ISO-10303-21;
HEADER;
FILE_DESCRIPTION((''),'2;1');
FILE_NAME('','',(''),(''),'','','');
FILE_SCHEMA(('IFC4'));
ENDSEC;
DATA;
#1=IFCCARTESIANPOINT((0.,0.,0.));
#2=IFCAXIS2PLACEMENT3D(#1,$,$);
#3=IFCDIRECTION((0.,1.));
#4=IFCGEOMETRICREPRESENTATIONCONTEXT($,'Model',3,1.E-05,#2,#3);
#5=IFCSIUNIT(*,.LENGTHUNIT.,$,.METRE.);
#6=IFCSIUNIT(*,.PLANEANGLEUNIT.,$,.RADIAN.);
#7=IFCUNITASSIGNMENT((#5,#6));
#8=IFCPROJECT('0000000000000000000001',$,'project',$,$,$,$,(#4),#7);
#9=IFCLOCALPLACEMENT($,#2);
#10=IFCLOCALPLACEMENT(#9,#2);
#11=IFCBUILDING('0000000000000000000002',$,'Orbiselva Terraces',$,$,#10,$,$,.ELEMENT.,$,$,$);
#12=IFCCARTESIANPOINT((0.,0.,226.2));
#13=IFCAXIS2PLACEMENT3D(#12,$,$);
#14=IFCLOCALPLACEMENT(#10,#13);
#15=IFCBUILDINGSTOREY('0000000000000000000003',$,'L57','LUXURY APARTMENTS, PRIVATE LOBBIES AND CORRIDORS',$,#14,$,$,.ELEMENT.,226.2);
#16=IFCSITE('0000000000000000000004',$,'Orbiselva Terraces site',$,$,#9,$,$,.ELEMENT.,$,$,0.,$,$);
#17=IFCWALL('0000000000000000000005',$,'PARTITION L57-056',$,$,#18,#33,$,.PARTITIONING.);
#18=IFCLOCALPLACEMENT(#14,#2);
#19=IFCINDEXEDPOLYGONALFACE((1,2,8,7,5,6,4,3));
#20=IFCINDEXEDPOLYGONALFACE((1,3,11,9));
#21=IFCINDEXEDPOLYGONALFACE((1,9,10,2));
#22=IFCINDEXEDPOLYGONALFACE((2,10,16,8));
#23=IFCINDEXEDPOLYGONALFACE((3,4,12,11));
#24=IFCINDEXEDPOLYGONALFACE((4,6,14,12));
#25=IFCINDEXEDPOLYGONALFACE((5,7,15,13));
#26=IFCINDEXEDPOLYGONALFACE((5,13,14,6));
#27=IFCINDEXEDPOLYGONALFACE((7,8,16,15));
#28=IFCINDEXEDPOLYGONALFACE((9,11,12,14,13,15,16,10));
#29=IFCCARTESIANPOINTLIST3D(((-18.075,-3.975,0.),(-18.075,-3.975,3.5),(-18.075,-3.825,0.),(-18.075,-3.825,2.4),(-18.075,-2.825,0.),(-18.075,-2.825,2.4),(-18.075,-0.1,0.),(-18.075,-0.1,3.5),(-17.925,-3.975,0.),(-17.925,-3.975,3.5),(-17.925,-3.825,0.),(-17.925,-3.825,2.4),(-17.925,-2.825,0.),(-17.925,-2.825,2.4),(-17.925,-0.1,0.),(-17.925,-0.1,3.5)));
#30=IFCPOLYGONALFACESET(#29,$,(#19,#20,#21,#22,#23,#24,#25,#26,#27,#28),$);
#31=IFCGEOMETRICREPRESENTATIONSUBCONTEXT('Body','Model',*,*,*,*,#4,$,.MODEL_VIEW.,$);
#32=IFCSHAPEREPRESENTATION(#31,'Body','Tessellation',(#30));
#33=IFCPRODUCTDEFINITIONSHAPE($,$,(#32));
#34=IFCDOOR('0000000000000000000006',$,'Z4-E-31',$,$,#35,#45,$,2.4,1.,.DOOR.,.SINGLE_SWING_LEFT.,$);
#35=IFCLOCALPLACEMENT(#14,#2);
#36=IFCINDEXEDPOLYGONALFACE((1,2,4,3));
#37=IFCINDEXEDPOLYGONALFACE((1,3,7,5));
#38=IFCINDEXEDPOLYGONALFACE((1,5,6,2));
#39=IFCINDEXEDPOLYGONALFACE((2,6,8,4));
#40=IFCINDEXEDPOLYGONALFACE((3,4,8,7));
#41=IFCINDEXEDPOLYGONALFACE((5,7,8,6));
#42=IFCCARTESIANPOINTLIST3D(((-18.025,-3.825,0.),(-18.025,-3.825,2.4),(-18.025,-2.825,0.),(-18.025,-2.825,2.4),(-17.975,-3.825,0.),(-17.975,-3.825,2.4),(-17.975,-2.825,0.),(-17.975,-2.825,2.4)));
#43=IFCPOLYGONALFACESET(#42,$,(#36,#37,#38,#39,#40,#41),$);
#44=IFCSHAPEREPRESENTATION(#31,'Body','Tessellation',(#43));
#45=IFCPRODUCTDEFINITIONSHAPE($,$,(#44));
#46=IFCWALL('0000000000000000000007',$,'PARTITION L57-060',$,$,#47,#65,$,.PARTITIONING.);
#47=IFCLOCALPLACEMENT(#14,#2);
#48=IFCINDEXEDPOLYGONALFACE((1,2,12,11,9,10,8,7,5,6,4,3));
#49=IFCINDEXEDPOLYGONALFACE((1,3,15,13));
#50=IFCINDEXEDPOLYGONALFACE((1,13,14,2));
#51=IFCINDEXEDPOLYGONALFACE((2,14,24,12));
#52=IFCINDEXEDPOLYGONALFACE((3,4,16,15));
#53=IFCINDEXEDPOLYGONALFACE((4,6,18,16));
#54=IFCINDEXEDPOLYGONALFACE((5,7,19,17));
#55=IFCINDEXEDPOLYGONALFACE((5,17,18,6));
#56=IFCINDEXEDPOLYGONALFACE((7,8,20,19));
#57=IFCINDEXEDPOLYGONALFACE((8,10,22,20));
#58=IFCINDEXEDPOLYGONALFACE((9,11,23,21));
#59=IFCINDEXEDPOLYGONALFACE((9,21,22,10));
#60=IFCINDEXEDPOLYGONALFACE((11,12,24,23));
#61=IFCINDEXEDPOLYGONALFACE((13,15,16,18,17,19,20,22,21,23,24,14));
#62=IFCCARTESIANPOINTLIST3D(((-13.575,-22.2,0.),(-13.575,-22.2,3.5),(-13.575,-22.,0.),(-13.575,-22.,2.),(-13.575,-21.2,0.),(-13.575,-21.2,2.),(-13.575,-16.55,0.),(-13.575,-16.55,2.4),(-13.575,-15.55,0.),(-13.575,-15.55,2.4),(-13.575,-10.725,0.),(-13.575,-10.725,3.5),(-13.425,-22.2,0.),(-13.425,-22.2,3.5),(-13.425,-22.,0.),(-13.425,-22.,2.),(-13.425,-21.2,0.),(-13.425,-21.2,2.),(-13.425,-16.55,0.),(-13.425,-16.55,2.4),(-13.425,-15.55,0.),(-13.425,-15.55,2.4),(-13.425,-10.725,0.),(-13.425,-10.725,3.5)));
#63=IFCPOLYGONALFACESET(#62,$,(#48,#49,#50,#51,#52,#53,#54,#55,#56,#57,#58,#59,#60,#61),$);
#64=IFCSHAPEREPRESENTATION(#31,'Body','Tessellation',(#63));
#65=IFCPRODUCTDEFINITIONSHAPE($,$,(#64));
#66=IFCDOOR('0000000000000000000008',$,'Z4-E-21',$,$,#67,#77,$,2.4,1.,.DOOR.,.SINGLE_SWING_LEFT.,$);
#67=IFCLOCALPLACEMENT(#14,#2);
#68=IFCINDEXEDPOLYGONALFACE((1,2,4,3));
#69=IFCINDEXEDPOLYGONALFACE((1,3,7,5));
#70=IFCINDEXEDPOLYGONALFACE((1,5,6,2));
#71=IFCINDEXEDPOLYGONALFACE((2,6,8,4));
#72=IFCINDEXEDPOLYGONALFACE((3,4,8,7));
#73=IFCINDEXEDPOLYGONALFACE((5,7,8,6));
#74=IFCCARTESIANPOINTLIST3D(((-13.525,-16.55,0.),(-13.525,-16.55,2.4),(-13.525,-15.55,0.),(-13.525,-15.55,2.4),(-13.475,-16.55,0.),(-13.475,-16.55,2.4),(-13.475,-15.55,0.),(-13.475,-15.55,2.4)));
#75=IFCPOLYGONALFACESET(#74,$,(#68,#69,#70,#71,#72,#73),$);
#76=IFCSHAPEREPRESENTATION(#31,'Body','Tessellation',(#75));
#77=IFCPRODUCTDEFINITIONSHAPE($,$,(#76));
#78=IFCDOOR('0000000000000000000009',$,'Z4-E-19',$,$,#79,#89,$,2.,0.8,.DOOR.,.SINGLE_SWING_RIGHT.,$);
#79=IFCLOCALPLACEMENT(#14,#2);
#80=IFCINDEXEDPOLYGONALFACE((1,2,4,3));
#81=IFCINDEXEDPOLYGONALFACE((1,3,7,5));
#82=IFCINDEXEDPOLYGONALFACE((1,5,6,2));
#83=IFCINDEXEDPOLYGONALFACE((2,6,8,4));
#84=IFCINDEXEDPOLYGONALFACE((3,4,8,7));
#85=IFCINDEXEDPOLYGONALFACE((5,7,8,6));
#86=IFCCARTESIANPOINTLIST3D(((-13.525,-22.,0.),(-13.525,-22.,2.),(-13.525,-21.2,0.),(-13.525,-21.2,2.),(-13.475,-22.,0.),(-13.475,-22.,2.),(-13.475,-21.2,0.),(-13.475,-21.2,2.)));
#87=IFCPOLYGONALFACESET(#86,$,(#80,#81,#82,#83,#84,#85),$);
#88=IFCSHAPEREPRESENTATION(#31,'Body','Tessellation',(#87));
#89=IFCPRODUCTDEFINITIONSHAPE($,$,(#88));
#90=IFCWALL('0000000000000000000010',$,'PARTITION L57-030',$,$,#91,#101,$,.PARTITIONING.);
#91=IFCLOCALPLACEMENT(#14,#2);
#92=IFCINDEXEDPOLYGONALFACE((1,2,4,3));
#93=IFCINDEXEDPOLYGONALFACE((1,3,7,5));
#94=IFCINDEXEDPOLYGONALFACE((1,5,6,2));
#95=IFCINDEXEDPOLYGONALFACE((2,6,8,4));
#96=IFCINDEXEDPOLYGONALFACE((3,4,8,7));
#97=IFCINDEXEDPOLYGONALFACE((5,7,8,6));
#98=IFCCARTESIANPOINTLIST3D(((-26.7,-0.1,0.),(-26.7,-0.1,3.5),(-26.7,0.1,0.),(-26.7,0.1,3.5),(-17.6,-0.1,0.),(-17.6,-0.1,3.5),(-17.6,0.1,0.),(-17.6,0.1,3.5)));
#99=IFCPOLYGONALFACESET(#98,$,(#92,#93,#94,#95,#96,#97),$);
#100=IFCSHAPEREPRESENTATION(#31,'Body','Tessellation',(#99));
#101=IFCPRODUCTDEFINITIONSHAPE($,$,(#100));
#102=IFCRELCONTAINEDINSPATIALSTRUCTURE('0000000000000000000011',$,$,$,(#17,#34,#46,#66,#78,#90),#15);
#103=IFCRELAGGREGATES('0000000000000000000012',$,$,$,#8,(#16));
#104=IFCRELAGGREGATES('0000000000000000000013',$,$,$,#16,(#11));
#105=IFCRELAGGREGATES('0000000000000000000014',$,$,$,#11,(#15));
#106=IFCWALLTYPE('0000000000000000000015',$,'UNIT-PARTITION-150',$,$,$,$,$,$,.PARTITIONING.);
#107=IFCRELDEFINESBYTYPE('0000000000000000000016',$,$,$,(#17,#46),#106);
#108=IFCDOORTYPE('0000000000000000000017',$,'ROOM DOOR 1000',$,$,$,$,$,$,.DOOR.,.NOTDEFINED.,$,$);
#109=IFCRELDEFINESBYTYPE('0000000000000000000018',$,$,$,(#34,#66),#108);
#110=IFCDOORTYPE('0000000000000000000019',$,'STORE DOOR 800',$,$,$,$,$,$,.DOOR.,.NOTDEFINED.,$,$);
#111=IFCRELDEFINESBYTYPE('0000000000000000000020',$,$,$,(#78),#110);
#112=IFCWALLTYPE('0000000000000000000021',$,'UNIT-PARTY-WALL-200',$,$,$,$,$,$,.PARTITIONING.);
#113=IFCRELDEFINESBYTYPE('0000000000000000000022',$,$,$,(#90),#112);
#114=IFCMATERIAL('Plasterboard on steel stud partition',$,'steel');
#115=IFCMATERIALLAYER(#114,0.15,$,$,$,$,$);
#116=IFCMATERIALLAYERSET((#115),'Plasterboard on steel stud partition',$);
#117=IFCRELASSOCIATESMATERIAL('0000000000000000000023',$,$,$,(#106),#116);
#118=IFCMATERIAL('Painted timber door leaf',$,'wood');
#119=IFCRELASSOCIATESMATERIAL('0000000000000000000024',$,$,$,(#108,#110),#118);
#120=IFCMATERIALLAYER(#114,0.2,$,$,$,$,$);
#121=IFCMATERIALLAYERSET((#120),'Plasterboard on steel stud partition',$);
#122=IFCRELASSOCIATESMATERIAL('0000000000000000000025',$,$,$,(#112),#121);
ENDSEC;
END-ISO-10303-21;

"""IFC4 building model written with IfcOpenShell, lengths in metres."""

from ifc_helpers import new_model, si_unit, direction, frame, frame_2d, origin, place, context, subcontext, project, spatial, rectangle, extrude, material, layer, layer_set, type_object, element, fill, save


model = new_model("IFC4")

# Units and contexts
model_context = context("Model", 3, precision=1e-05, world=origin(), true_north=direction((0.0, 1.0)))
body_context = subcontext(model_context, "Body", "Model", "MODEL_VIEW")
ifc_project = project(units=[si_unit("LENGTHUNIT", "METRE"), si_unit("PLANEANGLEUNIT", "RADIAN")], contexts=[model_context])

# Site, building, storey
site_placement = place(None, origin())
site = spatial("IfcSite", under=ifc_project, at=site_placement, Name="Orbiselva Terraces site", CompositionType="ELEMENT", RefElevation=0.0)
building_placement = place(site_placement, origin())
building = spatial("IfcBuilding", under=site, at=building_placement, Name="Orbiselva Terraces", CompositionType="ELEMENT")
storey_placement = place(building_placement, frame((0.0, 0.0, 226.2)))
storey = spatial("IfcBuildingStorey", under=building, at=storey_placement, Name="L57", Description="LUXURY APARTMENTS, PRIVATE LOBBIES AND CORRIDORS", CompositionType="ELEMENT", Elevation=226.2)

# Shared definitions
ifc_material_1 = material(Name="Plasterboard on steel stud partition", Category="steel")
ifc_layer_1 = layer(ifc_material_1, 0.15)
ifc_layer_set_1 = layer_set([ifc_layer_1], Name="Plasterboard on steel stud partition")
wall_type_1 = type_object("IfcWallType", Name="UNIT-PARTITION-150", PredefinedType="PARTITIONING", material=ifc_layer_set_1)

# Shared definitions
ifc_material_2 = material(Name="Painted timber door leaf", Category="wood")

# Shared definitions
door_type_1 = type_object("IfcDoorType", Name="ROOM DOOR 1000", OperationType="NOTDEFINED", PredefinedType="DOOR", material=ifc_material_2)

# Wall, opening, door
wall_1_placement = place(storey_placement, frame((-18.0, -3.975, 0.0), z_axis=(0.0, 0.0, 1.0), x_axis=(0.0, 1.0, 0.0)))
wall_1 = element("IfcWall", 1, at=wall_1_placement, inside=storey, type_object=wall_type_1, Name="PARTITION L57-056", PredefinedType="PARTITIONING", context=body_context, shape_type="SweptSolid", body=[
    extrude(rectangle(XDim=3.875, YDim=0.15, at=frame_2d((1.9375, 0.0))), origin(), (0.0, 0.0, 1.0), 3.5),
])
opening_1_placement = place(wall_1_placement, frame((0.15, 0.0, 0.0)))
opening_1 = element("IfcOpeningElement", 2, at=opening_1_placement, cuts=wall_1, PredefinedType="OPENING", context=body_context, shape_type="SweptSolid", body=[
    extrude(rectangle(XDim=1.0, YDim=2.4, at=frame_2d((0.5, 1.2))), frame((0.0, 0.085, 0.0), z_axis=(0.0, -1.0, 0.0), x_axis=(1.0, 0.0, 0.0)), (0.0, 0.0, 1.0), 0.17),
])
door_1_placement = place(opening_1_placement, origin())
door_1 = element("IfcDoor", 3, at=door_1_placement, inside=storey, type_object=door_type_1, Name="Z4-E-31", OperationType="SINGLE_SWING_LEFT", OverallHeight=2.4, OverallWidth=1.0, PredefinedType="DOOR", context=body_context, shape_type="SweptSolid", body=[
    extrude(rectangle(XDim=1.0, YDim=2.4, at=frame_2d((0.5, 1.2))), frame((0.0, 0.025, 0.0), z_axis=(0.0, -1.0, 0.0), x_axis=(1.0, 0.0, 0.0)), (0.0, 0.0, 1.0), 0.05),
])
fill(opening_1, door_1)

# Wall, openings, doors
wall_2_placement = place(storey_placement, frame((-13.5, -10.725, 0.0), z_axis=(0.0, 0.0, 1.0), x_axis=(0.0, -1.0, 0.0)))
wall_2 = element("IfcWall", 4, at=wall_2_placement, inside=storey, type_object=wall_type_1, Name="PARTITION L57-060", PredefinedType="PARTITIONING", context=body_context, shape_type="SweptSolid", body=[
    extrude(rectangle(XDim=11.475, YDim=0.15, at=frame_2d((5.7375, 0.0))), origin(), (0.0, 0.0, 1.0), 3.5),
])
opening_2_placement = place(wall_2_placement, frame((10.475, 0.0, 0.0)))
opening_2 = element("IfcOpeningElement", 5, at=opening_2_placement, cuts=wall_2, PredefinedType="OPENING", context=body_context, shape_type="SweptSolid", body=[
    extrude(rectangle(XDim=0.8, YDim=2.0, at=frame_2d((0.4, 1.0))), frame((0.0, 0.085, 0.0), z_axis=(0.0, -1.0, 0.0), x_axis=(1.0, 0.0, 0.0)), (0.0, 0.0, 1.0), 0.17),
])
opening_3_placement = place(wall_2_placement, frame((4.825, 0.0, 0.0)))
opening_3 = element("IfcOpeningElement", 6, at=opening_3_placement, cuts=wall_2, PredefinedType="OPENING", context=body_context, shape_type="SweptSolid", body=[
    extrude(rectangle(XDim=1.0, YDim=2.4, at=frame_2d((0.5, 1.2))), frame((0.0, 0.085, 0.0), z_axis=(0.0, -1.0, 0.0), x_axis=(1.0, 0.0, 0.0)), (0.0, 0.0, 1.0), 0.17),
])
door_2_placement = place(opening_3_placement, origin())
door_2 = element("IfcDoor", 7, at=door_2_placement, inside=storey, type_object=door_type_1, Name="Z4-E-21", OperationType="SINGLE_SWING_LEFT", OverallHeight=2.4, OverallWidth=1.0, PredefinedType="DOOR", context=body_context, shape_type="SweptSolid", body=[
    extrude(rectangle(XDim=1.0, YDim=2.4, at=frame_2d((0.5, 1.2))), frame((0.0, 0.025, 0.0), z_axis=(0.0, -1.0, 0.0), x_axis=(1.0, 0.0, 0.0)), (0.0, 0.0, 1.0), 0.05),
])
fill(opening_3, door_2)
door_type_2 = type_object("IfcDoorType", Name="STORE DOOR 800", OperationType="NOTDEFINED", PredefinedType="DOOR", material=ifc_material_2)
door_3_placement = place(opening_2_placement, origin())
door_3 = element("IfcDoor", 8, at=door_3_placement, inside=storey, type_object=door_type_2, Name="Z4-E-19", OperationType="SINGLE_SWING_RIGHT", OverallHeight=2.0, OverallWidth=0.8, PredefinedType="DOOR", context=body_context, shape_type="SweptSolid", body=[
    extrude(rectangle(XDim=0.8, YDim=2.0, at=frame_2d((0.4, 1.0))), frame((0.0, 0.025, 0.0), z_axis=(0.0, -1.0, 0.0), x_axis=(1.0, 0.0, 0.0)), (0.0, 0.0, 1.0), 0.05),
])
fill(opening_2, door_3)

# Wall
ifc_layer_2 = layer(ifc_material_1, 0.2)
ifc_layer_set_2 = layer_set([ifc_layer_2], Name="Plasterboard on steel stud partition")
wall_type_2 = type_object("IfcWallType", Name="UNIT-PARTY-WALL-200", PredefinedType="PARTITIONING", material=ifc_layer_set_2)
wall_3_placement = place(storey_placement, frame((-26.7, 0.0, 0.0), z_axis=(0.0, 0.0, 1.0), x_axis=(1.0, 0.0, 0.0)))
element("IfcWall", 9, at=wall_3_placement, inside=storey, type_object=wall_type_2, Name="PARTITION L57-030", PredefinedType="PARTITIONING", context=body_context, shape_type="SweptSolid", body=[
    extrude(rectangle(XDim=9.1, YDim=0.2, at=frame_2d((4.55, 0.0))), origin(), (0.0, 0.0, 1.0), 3.5),
])

save(model, "model.ifc")
